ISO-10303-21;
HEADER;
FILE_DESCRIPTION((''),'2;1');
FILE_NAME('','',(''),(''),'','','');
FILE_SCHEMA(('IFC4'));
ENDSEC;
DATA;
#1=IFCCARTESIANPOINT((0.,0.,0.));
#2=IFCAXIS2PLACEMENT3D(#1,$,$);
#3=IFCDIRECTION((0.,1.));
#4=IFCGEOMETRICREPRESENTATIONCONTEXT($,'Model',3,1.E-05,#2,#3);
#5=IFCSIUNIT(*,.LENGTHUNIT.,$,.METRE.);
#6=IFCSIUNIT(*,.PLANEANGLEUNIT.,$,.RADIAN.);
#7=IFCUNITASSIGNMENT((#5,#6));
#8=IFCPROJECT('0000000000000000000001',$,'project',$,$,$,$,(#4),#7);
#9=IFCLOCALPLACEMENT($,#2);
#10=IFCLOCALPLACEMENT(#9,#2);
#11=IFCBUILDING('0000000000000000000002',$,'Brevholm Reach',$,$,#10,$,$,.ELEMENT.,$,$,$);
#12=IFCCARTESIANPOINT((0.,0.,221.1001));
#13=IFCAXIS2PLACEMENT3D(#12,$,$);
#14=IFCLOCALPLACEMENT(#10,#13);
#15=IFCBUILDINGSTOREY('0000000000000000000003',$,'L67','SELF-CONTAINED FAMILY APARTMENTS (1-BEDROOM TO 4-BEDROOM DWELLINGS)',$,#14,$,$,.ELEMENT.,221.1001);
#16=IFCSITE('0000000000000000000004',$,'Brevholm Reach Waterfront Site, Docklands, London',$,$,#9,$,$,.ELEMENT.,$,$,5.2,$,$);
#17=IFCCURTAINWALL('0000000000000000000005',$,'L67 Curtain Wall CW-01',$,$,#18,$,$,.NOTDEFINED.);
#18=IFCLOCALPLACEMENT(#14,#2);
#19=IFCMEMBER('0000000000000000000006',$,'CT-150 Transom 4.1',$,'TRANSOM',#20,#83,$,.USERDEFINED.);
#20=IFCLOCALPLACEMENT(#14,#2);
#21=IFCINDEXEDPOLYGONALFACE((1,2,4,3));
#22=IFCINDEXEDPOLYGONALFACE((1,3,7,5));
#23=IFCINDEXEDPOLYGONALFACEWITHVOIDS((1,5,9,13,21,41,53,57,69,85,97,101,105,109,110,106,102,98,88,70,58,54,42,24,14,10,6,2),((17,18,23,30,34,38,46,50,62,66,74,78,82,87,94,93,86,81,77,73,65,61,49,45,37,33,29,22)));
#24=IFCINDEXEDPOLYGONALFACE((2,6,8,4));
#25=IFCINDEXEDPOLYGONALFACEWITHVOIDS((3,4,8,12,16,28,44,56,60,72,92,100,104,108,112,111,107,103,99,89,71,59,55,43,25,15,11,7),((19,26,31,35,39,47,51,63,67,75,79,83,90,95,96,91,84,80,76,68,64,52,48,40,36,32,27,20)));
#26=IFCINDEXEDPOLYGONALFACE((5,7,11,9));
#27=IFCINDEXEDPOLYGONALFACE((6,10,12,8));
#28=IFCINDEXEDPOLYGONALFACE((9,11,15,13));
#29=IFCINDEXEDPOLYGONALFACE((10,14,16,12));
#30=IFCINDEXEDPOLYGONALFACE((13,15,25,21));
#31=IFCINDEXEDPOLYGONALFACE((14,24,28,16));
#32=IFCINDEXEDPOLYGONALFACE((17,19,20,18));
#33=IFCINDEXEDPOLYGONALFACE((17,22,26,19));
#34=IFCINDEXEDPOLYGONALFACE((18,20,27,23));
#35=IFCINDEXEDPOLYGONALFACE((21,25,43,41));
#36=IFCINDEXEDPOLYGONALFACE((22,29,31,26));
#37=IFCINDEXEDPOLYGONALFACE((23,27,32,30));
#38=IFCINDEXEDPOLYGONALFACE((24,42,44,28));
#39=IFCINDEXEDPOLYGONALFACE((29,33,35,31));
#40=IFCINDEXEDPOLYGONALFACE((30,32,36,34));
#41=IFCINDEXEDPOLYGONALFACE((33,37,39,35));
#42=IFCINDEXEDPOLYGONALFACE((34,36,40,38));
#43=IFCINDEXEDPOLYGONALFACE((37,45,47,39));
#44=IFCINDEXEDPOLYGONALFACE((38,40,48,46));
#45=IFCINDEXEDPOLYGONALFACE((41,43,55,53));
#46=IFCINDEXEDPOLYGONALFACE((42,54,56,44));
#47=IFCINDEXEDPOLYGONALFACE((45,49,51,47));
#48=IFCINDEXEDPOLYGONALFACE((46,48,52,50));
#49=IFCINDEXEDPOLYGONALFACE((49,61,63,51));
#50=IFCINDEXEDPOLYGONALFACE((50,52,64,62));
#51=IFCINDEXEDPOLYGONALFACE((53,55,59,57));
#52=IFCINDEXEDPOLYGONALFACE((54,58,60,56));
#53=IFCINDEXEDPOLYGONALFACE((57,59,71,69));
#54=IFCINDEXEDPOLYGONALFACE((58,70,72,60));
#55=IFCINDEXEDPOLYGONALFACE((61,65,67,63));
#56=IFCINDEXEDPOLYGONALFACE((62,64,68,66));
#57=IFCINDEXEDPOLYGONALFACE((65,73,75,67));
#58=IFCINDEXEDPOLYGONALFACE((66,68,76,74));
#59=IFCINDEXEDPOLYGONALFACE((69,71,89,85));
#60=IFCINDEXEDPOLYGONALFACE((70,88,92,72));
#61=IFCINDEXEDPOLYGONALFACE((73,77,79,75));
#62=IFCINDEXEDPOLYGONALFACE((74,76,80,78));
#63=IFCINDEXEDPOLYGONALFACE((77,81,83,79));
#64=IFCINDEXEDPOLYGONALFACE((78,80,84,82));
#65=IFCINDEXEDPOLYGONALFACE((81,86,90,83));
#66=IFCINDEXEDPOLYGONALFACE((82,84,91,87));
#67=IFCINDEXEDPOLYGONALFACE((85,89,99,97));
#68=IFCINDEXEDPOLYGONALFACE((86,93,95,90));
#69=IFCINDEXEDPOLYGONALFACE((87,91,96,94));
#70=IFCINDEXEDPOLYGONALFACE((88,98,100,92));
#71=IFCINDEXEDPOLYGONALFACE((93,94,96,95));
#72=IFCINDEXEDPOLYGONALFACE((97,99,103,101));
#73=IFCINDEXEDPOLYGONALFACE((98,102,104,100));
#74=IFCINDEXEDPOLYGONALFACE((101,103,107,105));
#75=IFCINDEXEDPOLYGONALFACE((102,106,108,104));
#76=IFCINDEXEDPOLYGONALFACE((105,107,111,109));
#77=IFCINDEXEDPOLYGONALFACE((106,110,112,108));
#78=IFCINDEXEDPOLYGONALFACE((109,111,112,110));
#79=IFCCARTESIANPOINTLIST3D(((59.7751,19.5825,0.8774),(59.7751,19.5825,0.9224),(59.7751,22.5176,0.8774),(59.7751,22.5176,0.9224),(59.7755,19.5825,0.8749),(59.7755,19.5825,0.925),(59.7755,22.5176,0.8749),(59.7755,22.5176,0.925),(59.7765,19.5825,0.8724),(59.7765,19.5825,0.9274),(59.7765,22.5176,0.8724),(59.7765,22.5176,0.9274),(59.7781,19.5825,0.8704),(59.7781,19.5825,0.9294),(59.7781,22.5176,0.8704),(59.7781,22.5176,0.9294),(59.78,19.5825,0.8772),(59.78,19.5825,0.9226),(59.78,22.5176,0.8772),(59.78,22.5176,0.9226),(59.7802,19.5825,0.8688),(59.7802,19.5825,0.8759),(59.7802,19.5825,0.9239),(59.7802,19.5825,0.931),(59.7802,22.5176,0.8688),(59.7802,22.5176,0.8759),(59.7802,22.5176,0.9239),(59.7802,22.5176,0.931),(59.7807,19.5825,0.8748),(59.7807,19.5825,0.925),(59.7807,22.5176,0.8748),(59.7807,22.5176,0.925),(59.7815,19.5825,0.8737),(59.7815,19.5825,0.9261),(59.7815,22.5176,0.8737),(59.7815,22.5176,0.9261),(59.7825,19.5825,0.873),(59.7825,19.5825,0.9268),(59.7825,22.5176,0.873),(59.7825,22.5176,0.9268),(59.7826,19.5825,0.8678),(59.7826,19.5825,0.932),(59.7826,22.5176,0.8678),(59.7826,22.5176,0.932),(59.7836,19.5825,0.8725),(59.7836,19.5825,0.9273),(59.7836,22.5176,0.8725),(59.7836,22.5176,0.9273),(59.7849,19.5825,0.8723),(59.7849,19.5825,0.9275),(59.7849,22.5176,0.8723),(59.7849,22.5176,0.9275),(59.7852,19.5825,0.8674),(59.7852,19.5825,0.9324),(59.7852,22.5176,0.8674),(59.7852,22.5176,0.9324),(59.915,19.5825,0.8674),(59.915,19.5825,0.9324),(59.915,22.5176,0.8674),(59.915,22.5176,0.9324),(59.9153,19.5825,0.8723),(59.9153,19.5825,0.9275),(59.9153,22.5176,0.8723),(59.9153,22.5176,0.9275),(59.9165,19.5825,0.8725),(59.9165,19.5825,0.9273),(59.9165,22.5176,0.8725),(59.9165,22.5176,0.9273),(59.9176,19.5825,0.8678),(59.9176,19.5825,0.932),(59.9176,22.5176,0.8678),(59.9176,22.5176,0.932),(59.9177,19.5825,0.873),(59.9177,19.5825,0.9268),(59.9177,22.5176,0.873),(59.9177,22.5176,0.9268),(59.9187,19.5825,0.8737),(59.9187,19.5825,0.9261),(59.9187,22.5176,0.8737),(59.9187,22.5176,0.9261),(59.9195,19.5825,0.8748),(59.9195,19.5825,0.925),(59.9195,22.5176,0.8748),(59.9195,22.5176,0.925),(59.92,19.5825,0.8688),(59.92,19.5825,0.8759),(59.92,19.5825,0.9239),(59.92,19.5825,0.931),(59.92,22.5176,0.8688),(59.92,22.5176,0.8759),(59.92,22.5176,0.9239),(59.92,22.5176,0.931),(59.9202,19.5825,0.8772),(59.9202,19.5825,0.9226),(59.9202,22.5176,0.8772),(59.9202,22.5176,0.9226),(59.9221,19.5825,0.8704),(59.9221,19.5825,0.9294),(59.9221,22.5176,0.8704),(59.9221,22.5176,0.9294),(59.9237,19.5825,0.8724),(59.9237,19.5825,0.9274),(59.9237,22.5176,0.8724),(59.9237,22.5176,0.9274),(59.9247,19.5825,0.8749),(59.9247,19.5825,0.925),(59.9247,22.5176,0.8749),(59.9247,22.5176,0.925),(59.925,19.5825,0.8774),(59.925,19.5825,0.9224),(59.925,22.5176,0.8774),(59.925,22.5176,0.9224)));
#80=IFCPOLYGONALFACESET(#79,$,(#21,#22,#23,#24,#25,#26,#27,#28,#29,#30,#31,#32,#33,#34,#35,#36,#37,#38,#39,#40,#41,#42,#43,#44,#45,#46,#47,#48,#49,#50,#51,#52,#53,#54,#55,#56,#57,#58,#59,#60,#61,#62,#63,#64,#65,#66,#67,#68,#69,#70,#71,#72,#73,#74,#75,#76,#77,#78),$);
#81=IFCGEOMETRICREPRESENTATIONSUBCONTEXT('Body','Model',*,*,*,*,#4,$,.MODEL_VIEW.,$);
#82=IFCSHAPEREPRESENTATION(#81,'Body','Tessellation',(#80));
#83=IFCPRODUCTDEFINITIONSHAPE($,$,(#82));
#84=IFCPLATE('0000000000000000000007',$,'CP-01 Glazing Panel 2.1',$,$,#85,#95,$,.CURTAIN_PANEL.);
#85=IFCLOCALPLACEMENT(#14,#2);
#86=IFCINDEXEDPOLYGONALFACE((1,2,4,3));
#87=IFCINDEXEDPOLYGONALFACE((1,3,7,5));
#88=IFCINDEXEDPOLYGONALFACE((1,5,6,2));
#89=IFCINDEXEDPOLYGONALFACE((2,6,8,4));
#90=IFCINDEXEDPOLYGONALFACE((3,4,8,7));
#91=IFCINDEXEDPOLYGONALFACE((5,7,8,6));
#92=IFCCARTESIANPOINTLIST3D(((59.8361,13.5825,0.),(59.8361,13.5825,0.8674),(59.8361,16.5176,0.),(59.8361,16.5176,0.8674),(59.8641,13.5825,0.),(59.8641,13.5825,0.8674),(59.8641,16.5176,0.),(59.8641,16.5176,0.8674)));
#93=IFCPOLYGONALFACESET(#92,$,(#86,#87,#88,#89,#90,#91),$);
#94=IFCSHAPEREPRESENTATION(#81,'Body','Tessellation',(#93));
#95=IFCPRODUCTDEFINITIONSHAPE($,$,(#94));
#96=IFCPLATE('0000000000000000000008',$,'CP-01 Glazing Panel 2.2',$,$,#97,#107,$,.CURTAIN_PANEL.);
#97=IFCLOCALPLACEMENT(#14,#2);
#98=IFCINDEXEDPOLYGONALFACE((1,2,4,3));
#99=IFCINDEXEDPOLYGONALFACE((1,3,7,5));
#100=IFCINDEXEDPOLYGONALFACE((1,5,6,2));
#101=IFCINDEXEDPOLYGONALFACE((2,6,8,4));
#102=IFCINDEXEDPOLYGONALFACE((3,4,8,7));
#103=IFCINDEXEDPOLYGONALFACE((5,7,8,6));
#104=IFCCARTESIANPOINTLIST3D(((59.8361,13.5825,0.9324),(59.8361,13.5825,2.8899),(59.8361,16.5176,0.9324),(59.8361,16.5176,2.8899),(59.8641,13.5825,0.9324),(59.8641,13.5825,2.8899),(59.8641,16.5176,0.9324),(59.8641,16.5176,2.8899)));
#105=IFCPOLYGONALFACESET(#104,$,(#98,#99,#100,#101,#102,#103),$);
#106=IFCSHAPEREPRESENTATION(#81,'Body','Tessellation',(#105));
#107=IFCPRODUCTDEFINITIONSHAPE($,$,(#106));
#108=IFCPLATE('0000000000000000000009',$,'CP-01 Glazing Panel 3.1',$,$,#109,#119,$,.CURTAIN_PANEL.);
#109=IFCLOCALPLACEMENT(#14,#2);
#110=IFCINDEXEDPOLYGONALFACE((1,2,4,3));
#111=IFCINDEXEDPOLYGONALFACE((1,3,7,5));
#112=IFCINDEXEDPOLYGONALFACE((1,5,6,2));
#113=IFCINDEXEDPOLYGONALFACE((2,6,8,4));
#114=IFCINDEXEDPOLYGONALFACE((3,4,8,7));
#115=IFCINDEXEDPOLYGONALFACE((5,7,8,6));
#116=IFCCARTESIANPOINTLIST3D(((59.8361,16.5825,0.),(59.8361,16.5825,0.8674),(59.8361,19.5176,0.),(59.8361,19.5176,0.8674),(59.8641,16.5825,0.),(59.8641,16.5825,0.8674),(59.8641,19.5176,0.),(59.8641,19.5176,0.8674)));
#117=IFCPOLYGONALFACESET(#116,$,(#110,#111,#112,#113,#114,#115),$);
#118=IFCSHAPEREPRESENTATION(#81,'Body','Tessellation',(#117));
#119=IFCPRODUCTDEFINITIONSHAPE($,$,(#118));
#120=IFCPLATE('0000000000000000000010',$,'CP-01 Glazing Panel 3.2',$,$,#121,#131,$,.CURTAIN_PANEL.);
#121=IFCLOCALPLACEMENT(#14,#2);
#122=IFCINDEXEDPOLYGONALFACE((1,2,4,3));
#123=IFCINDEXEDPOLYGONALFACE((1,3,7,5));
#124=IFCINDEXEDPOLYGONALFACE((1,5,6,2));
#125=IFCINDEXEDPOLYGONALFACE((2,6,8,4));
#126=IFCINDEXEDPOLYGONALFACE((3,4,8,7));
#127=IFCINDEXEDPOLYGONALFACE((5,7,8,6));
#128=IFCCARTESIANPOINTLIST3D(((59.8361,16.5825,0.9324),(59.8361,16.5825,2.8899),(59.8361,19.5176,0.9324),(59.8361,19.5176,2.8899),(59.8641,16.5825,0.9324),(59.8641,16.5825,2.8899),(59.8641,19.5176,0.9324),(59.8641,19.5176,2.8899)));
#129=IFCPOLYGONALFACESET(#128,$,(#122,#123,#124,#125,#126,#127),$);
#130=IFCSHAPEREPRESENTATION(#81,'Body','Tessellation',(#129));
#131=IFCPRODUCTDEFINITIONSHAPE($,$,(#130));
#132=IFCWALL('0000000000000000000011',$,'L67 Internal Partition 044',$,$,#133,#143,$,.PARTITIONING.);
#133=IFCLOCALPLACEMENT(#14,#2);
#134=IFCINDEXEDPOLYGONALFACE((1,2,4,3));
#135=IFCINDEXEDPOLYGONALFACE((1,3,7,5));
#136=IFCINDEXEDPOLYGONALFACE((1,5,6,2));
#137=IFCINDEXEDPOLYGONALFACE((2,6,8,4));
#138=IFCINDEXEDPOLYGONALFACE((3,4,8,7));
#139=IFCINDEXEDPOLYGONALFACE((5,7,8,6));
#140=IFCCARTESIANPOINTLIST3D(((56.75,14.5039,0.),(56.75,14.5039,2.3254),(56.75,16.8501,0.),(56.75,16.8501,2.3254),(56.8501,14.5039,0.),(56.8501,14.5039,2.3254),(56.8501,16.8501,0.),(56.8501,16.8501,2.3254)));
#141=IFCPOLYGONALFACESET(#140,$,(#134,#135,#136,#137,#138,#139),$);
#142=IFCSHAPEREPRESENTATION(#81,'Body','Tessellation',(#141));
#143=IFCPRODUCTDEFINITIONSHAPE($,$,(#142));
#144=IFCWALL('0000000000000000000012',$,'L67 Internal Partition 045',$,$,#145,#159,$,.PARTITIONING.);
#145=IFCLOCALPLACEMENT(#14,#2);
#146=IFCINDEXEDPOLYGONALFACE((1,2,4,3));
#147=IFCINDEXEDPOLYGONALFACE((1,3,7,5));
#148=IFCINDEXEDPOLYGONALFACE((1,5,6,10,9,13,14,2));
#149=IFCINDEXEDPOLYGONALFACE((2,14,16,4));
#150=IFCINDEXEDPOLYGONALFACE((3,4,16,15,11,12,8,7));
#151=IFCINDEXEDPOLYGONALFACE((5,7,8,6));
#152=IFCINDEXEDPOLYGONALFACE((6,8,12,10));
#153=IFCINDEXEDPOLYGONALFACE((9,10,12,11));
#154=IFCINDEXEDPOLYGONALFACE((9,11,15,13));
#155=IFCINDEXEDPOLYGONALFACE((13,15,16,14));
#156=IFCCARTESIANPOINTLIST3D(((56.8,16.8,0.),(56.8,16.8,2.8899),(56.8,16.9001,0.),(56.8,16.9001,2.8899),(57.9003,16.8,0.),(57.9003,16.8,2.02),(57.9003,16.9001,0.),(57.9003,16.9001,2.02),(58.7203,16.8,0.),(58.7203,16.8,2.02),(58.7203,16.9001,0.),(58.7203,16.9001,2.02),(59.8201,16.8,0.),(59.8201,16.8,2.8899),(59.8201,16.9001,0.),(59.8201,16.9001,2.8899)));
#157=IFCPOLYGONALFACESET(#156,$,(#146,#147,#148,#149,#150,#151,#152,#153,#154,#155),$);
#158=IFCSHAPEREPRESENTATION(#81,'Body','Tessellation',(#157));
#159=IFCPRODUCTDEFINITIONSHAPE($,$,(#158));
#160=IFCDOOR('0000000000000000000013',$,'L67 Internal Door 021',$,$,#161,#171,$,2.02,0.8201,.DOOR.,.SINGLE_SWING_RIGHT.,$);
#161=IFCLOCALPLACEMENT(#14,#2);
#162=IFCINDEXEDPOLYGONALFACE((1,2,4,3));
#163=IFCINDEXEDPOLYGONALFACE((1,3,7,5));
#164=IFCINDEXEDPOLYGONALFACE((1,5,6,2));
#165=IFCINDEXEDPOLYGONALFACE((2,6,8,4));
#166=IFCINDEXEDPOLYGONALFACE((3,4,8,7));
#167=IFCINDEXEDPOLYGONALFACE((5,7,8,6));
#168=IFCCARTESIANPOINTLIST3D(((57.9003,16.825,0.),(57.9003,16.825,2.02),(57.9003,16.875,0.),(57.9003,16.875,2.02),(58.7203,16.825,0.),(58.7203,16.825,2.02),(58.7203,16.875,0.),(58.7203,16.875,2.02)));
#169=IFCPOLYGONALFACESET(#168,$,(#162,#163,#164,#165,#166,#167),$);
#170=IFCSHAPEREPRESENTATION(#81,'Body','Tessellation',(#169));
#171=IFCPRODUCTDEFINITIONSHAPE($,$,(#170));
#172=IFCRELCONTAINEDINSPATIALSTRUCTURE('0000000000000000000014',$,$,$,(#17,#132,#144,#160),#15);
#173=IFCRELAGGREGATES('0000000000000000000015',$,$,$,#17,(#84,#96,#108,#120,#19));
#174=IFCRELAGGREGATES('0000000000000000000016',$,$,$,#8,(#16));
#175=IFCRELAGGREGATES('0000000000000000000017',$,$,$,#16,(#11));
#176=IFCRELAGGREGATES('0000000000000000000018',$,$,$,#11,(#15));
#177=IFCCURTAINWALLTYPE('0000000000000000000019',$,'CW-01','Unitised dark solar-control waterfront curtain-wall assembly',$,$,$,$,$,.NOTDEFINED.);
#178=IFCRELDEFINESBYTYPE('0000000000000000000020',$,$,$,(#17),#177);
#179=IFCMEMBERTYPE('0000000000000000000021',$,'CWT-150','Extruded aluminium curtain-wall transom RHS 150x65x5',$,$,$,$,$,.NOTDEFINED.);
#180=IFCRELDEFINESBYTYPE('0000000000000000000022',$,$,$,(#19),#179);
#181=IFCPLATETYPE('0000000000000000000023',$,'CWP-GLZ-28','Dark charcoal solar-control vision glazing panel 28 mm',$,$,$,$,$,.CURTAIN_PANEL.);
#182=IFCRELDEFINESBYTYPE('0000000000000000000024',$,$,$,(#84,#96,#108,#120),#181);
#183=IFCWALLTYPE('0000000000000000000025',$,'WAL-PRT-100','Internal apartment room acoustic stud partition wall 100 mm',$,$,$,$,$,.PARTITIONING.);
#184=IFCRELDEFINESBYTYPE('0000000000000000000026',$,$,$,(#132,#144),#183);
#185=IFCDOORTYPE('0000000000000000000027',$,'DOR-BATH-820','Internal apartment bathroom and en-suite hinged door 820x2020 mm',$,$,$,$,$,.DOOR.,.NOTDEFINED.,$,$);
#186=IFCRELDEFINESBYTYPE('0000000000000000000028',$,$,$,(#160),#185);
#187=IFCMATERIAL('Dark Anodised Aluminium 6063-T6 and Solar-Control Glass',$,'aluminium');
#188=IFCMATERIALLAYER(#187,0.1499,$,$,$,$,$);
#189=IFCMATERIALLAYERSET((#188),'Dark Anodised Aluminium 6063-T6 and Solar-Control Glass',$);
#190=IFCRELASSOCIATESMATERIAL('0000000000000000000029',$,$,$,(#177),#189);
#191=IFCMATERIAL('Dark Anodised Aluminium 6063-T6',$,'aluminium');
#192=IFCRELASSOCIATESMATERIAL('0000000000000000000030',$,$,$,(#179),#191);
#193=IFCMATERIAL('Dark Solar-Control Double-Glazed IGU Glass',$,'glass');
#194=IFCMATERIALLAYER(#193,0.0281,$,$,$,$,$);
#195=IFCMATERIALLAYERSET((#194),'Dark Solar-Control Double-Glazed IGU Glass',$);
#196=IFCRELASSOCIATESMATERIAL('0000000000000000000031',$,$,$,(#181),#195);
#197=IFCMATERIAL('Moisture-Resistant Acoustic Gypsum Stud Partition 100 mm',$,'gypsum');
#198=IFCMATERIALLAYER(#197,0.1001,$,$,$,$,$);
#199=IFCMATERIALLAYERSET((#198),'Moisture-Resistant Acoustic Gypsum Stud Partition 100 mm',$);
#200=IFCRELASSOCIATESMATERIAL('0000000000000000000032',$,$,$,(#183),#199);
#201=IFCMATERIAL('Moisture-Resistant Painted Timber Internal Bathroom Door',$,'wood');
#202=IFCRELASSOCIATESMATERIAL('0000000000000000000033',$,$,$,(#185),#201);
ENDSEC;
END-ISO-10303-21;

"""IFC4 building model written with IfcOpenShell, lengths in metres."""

from ifc_helpers import new_model, si_unit, direction, frame, frame_2d, origin, origin_2d, place, context, subcontext, project, spatial, rectangle, hollow_rectangle, extrude, material, layer, layer_set, material_profile, profile_set, type_object, element, fill, aggregate, save


model = new_model("IFC4")

# Units and contexts
model_context = context("Model", 3, precision=1e-05, world=origin(), true_north=direction((0.0, 1.0)))
body_context = subcontext(model_context, "Body", "Model", "MODEL_VIEW")
ifc_project = project(units=[si_unit("LENGTHUNIT", "METRE"), si_unit("PLANEANGLEUNIT", "RADIAN")], contexts=[model_context])

# Site, building, storey
site_placement = place(None, origin())
site = spatial("IfcSite", under=ifc_project, at=site_placement, Name="Brevholm Reach Waterfront Site, Docklands, London", CompositionType="ELEMENT", RefElevation=5.2)
building_placement = place(site_placement, origin())
building = spatial("IfcBuilding", under=site, at=building_placement, Name="Brevholm Reach", CompositionType="ELEMENT")
storey_placement = place(building_placement, frame((0.0, 0.0, 221.1001)))
storey = spatial("IfcBuildingStorey", under=building, at=storey_placement, Name="L67", Description="SELF-CONTAINED FAMILY APARTMENTS (1-BEDROOM TO 4-BEDROOM DWELLINGS)", CompositionType="ELEMENT", Elevation=221.1001)

# Curtain wall, member, plates
ifc_material_1 = material(Name="Dark Anodised Aluminium 6063-T6 and Solar-Control Glass", Category="aluminium")
ifc_layer_1 = layer(ifc_material_1, 0.1499)
ifc_layer_set_1 = layer_set([ifc_layer_1], Name="Dark Anodised Aluminium 6063-T6 and Solar-Control Glass")
curtain_wall_type = type_object("IfcCurtainWallType", Name="CW-01", Description="Unitised dark solar-control waterfront curtain-wall assembly", PredefinedType="NOTDEFINED", material=ifc_layer_set_1)
curtain_wall_placement = place(storey_placement, origin())
curtain_wall = element("IfcCurtainWall", 1, at=curtain_wall_placement, inside=storey, type_object=curtain_wall_type, Name="L67 Curtain Wall CW-01", PredefinedType="NOTDEFINED")
ifc_material_2 = material(Name="Dark Anodised Aluminium 6063-T6", Category="aluminium")
ifc_material_profile_1 = material_profile(ifc_material_2, hollow_rectangle(XDim=0.0649, YDim=0.1499, WallThickness=0.0049, InnerFilletRadius=0.0049, OuterFilletRadius=0.01, at=origin_2d()), Name="RHS 150x65x5")
ifc_profile_set_1 = profile_set([ifc_material_profile_1], Name="Dark Anodised Aluminium 6063-T6")
member_type_1 = type_object("IfcMemberType", Name="CWT-150", Description="Extruded aluminium curtain-wall transom RHS 150x65x5", PredefinedType="NOTDEFINED", material=ifc_profile_set_1)
member_1_placement = place(storey_placement, frame((59.8501, 19.5825, 0.8999), z_axis=(0.0, 1.0, 0.0), x_axis=(0.0, 0.0, 1.0)))
member_1 = element("IfcMember", 2, at=member_1_placement, type_object=member_type_1, Name="CT-150 Transom 4.1", ObjectType="TRANSOM", PredefinedType="USERDEFINED", context=body_context, shape_type="SweptSolid", body=[
    extrude(hollow_rectangle(XDim=0.0649, YDim=0.1499, WallThickness=0.0049, InnerFilletRadius=0.0049, OuterFilletRadius=0.01, at=origin_2d()), origin(), (0.0, 0.0, 1.0), 2.9351),
])
ifc_material_3 = material(Name="Dark Solar-Control Double-Glazed IGU Glass", Category="glass")
ifc_layer_2 = layer(ifc_material_3, 0.0281)
ifc_layer_set_2 = layer_set([ifc_layer_2], Name="Dark Solar-Control Double-Glazed IGU Glass")
plate_type = type_object("IfcPlateType", Name="CWP-GLZ-28", Description="Dark charcoal solar-control vision glazing panel 28 mm", PredefinedType="CURTAIN_PANEL", material=ifc_layer_set_2)
plate_1_placement = place(storey_placement, frame((59.8501, 15.05, 0.0), z_axis=(0.0, 0.0, 1.0), x_axis=(0.0, 1.0, 0.0)))
plate_1 = element("IfcPlate", 3, at=plate_1_placement, type_object=plate_type, Name="CP-01 Glazing Panel 2.1", PredefinedType="CURTAIN_PANEL", context=body_context, shape_type="SweptSolid", body=[
    extrude(rectangle(XDim=2.9351, YDim=0.0281, at=origin_2d()), origin(), (0.0, 0.0, 1.0), 0.8674),
])
plate_2_placement = place(storey_placement, frame((59.8501, 15.05, 0.9324), z_axis=(0.0, 0.0, 1.0), x_axis=(0.0, 1.0, 0.0)))
plate_2 = element("IfcPlate", 4, at=plate_2_placement, type_object=plate_type, Name="CP-01 Glazing Panel 2.2", PredefinedType="CURTAIN_PANEL", context=body_context, shape_type="SweptSolid", body=[
    extrude(rectangle(XDim=2.9351, YDim=0.0281, at=origin_2d()), origin(), (0.0, 0.0, 1.0), 1.9575),
])
plate_3_placement = place(storey_placement, frame((59.8501, 18.05, 0.0), z_axis=(0.0, 0.0, 1.0), x_axis=(0.0, 1.0, 0.0)))
plate_3 = element("IfcPlate", 5, at=plate_3_placement, type_object=plate_type, Name="CP-01 Glazing Panel 3.1", PredefinedType="CURTAIN_PANEL", context=body_context, shape_type="SweptSolid", body=[
    extrude(rectangle(XDim=2.9351, YDim=0.0281, at=origin_2d()), origin(), (0.0, 0.0, 1.0), 0.8674),
])
plate_4_placement = place(storey_placement, frame((59.8501, 18.05, 0.9324), z_axis=(0.0, 0.0, 1.0), x_axis=(0.0, 1.0, 0.0)))
plate_4 = element("IfcPlate", 6, at=plate_4_placement, type_object=plate_type, Name="CP-01 Glazing Panel 3.2", PredefinedType="CURTAIN_PANEL", context=body_context, shape_type="SweptSolid", body=[
    extrude(rectangle(XDim=2.9351, YDim=0.0281, at=origin_2d()), origin(), (0.0, 0.0, 1.0), 1.9575),
])
aggregate(curtain_wall, [plate_1, plate_2, plate_3, plate_4, member_1])

# Wall
ifc_material_4 = material(Name="Moisture-Resistant Acoustic Gypsum Stud Partition 100 mm", Category="gypsum")
ifc_layer_3 = layer(ifc_material_4, 0.1001)
ifc_layer_set_3 = layer_set([ifc_layer_3], Name="Moisture-Resistant Acoustic Gypsum Stud Partition 100 mm")
wall_type = type_object("IfcWallType", Name="WAL-PRT-100", Description="Internal apartment room acoustic stud partition wall 100 mm", PredefinedType="PARTITIONING", material=ifc_layer_set_3)
wall_1_placement = place(storey_placement, frame((56.8, 14.5039, 0.0), z_axis=(0.0, 0.0, 1.0), x_axis=(0.0, 1.0, 0.0)))
element("IfcWall", 7, at=wall_1_placement, inside=storey, type_object=wall_type, Name="L67 Internal Partition 044", PredefinedType="PARTITIONING", context=body_context, shape_type="SweptSolid", body=[
    extrude(rectangle(XDim=2.3462, YDim=0.1001, at=frame_2d((1.1731, 0.0))), origin(), (0.0, 0.0, 1.0), 2.3254),
])

# Wall, opening, door
wall_2_placement = place(storey_placement, frame((56.8, 16.8501, 0.0), z_axis=(0.0, 0.0, 1.0), x_axis=(1.0, 0.0, 0.0)))
wall_2 = element("IfcWall", 8, at=wall_2_placement, inside=storey, type_object=wall_type, Name="L67 Internal Partition 045", PredefinedType="PARTITIONING", context=body_context, shape_type="SweptSolid", body=[
    extrude(rectangle(XDim=3.02, YDim=0.1001, at=frame_2d((1.51, 0.0))), origin(), (0.0, 0.0, 1.0), 2.8899),
])
opening_1_placement = place(wall_2_placement, frame((1.1001, 0.0, 0.0)))
opening_1 = element("IfcOpeningElement", 9, at=opening_1_placement, cuts=wall_2, PredefinedType="OPENING", context=body_context, shape_type="SweptSolid", body=[
    extrude(rectangle(XDim=0.8201, YDim=2.02, at=frame_2d((0.4102, 1.01))), frame((0.0, 0.0601, 0.0), z_axis=(0.0, -1.0, 0.0), x_axis=(1.0, 0.0, 0.0)), (0.0, 0.0, 1.0), 0.1201),
])
ifc_material_5 = material(Name="Moisture-Resistant Painted Timber Internal Bathroom Door", Category="wood")
door_type_1 = type_object("IfcDoorType", Name="DOR-BATH-820", Description="Internal apartment bathroom and en-suite hinged door 820x2020 mm", OperationType="NOTDEFINED", PredefinedType="DOOR", material=ifc_material_5)
door_1_placement = place(opening_1_placement, origin())
door_1 = element("IfcDoor", 10, at=door_1_placement, inside=storey, type_object=door_type_1, Name="L67 Internal Door 021", OperationType="SINGLE_SWING_RIGHT", OverallHeight=2.02, OverallWidth=0.8201, PredefinedType="DOOR", context=body_context, shape_type="SweptSolid", body=[
    extrude(rectangle(XDim=0.8201, YDim=2.02, at=frame_2d((0.4102, 1.01))), frame((0.0, 0.0249, 0.0), z_axis=(0.0, -1.0, 0.0), x_axis=(1.0, 0.0, 0.0)), (0.0, 0.0, 1.0), 0.05),
])
fill(opening_1, door_1)

save(model, "model.ifc")
